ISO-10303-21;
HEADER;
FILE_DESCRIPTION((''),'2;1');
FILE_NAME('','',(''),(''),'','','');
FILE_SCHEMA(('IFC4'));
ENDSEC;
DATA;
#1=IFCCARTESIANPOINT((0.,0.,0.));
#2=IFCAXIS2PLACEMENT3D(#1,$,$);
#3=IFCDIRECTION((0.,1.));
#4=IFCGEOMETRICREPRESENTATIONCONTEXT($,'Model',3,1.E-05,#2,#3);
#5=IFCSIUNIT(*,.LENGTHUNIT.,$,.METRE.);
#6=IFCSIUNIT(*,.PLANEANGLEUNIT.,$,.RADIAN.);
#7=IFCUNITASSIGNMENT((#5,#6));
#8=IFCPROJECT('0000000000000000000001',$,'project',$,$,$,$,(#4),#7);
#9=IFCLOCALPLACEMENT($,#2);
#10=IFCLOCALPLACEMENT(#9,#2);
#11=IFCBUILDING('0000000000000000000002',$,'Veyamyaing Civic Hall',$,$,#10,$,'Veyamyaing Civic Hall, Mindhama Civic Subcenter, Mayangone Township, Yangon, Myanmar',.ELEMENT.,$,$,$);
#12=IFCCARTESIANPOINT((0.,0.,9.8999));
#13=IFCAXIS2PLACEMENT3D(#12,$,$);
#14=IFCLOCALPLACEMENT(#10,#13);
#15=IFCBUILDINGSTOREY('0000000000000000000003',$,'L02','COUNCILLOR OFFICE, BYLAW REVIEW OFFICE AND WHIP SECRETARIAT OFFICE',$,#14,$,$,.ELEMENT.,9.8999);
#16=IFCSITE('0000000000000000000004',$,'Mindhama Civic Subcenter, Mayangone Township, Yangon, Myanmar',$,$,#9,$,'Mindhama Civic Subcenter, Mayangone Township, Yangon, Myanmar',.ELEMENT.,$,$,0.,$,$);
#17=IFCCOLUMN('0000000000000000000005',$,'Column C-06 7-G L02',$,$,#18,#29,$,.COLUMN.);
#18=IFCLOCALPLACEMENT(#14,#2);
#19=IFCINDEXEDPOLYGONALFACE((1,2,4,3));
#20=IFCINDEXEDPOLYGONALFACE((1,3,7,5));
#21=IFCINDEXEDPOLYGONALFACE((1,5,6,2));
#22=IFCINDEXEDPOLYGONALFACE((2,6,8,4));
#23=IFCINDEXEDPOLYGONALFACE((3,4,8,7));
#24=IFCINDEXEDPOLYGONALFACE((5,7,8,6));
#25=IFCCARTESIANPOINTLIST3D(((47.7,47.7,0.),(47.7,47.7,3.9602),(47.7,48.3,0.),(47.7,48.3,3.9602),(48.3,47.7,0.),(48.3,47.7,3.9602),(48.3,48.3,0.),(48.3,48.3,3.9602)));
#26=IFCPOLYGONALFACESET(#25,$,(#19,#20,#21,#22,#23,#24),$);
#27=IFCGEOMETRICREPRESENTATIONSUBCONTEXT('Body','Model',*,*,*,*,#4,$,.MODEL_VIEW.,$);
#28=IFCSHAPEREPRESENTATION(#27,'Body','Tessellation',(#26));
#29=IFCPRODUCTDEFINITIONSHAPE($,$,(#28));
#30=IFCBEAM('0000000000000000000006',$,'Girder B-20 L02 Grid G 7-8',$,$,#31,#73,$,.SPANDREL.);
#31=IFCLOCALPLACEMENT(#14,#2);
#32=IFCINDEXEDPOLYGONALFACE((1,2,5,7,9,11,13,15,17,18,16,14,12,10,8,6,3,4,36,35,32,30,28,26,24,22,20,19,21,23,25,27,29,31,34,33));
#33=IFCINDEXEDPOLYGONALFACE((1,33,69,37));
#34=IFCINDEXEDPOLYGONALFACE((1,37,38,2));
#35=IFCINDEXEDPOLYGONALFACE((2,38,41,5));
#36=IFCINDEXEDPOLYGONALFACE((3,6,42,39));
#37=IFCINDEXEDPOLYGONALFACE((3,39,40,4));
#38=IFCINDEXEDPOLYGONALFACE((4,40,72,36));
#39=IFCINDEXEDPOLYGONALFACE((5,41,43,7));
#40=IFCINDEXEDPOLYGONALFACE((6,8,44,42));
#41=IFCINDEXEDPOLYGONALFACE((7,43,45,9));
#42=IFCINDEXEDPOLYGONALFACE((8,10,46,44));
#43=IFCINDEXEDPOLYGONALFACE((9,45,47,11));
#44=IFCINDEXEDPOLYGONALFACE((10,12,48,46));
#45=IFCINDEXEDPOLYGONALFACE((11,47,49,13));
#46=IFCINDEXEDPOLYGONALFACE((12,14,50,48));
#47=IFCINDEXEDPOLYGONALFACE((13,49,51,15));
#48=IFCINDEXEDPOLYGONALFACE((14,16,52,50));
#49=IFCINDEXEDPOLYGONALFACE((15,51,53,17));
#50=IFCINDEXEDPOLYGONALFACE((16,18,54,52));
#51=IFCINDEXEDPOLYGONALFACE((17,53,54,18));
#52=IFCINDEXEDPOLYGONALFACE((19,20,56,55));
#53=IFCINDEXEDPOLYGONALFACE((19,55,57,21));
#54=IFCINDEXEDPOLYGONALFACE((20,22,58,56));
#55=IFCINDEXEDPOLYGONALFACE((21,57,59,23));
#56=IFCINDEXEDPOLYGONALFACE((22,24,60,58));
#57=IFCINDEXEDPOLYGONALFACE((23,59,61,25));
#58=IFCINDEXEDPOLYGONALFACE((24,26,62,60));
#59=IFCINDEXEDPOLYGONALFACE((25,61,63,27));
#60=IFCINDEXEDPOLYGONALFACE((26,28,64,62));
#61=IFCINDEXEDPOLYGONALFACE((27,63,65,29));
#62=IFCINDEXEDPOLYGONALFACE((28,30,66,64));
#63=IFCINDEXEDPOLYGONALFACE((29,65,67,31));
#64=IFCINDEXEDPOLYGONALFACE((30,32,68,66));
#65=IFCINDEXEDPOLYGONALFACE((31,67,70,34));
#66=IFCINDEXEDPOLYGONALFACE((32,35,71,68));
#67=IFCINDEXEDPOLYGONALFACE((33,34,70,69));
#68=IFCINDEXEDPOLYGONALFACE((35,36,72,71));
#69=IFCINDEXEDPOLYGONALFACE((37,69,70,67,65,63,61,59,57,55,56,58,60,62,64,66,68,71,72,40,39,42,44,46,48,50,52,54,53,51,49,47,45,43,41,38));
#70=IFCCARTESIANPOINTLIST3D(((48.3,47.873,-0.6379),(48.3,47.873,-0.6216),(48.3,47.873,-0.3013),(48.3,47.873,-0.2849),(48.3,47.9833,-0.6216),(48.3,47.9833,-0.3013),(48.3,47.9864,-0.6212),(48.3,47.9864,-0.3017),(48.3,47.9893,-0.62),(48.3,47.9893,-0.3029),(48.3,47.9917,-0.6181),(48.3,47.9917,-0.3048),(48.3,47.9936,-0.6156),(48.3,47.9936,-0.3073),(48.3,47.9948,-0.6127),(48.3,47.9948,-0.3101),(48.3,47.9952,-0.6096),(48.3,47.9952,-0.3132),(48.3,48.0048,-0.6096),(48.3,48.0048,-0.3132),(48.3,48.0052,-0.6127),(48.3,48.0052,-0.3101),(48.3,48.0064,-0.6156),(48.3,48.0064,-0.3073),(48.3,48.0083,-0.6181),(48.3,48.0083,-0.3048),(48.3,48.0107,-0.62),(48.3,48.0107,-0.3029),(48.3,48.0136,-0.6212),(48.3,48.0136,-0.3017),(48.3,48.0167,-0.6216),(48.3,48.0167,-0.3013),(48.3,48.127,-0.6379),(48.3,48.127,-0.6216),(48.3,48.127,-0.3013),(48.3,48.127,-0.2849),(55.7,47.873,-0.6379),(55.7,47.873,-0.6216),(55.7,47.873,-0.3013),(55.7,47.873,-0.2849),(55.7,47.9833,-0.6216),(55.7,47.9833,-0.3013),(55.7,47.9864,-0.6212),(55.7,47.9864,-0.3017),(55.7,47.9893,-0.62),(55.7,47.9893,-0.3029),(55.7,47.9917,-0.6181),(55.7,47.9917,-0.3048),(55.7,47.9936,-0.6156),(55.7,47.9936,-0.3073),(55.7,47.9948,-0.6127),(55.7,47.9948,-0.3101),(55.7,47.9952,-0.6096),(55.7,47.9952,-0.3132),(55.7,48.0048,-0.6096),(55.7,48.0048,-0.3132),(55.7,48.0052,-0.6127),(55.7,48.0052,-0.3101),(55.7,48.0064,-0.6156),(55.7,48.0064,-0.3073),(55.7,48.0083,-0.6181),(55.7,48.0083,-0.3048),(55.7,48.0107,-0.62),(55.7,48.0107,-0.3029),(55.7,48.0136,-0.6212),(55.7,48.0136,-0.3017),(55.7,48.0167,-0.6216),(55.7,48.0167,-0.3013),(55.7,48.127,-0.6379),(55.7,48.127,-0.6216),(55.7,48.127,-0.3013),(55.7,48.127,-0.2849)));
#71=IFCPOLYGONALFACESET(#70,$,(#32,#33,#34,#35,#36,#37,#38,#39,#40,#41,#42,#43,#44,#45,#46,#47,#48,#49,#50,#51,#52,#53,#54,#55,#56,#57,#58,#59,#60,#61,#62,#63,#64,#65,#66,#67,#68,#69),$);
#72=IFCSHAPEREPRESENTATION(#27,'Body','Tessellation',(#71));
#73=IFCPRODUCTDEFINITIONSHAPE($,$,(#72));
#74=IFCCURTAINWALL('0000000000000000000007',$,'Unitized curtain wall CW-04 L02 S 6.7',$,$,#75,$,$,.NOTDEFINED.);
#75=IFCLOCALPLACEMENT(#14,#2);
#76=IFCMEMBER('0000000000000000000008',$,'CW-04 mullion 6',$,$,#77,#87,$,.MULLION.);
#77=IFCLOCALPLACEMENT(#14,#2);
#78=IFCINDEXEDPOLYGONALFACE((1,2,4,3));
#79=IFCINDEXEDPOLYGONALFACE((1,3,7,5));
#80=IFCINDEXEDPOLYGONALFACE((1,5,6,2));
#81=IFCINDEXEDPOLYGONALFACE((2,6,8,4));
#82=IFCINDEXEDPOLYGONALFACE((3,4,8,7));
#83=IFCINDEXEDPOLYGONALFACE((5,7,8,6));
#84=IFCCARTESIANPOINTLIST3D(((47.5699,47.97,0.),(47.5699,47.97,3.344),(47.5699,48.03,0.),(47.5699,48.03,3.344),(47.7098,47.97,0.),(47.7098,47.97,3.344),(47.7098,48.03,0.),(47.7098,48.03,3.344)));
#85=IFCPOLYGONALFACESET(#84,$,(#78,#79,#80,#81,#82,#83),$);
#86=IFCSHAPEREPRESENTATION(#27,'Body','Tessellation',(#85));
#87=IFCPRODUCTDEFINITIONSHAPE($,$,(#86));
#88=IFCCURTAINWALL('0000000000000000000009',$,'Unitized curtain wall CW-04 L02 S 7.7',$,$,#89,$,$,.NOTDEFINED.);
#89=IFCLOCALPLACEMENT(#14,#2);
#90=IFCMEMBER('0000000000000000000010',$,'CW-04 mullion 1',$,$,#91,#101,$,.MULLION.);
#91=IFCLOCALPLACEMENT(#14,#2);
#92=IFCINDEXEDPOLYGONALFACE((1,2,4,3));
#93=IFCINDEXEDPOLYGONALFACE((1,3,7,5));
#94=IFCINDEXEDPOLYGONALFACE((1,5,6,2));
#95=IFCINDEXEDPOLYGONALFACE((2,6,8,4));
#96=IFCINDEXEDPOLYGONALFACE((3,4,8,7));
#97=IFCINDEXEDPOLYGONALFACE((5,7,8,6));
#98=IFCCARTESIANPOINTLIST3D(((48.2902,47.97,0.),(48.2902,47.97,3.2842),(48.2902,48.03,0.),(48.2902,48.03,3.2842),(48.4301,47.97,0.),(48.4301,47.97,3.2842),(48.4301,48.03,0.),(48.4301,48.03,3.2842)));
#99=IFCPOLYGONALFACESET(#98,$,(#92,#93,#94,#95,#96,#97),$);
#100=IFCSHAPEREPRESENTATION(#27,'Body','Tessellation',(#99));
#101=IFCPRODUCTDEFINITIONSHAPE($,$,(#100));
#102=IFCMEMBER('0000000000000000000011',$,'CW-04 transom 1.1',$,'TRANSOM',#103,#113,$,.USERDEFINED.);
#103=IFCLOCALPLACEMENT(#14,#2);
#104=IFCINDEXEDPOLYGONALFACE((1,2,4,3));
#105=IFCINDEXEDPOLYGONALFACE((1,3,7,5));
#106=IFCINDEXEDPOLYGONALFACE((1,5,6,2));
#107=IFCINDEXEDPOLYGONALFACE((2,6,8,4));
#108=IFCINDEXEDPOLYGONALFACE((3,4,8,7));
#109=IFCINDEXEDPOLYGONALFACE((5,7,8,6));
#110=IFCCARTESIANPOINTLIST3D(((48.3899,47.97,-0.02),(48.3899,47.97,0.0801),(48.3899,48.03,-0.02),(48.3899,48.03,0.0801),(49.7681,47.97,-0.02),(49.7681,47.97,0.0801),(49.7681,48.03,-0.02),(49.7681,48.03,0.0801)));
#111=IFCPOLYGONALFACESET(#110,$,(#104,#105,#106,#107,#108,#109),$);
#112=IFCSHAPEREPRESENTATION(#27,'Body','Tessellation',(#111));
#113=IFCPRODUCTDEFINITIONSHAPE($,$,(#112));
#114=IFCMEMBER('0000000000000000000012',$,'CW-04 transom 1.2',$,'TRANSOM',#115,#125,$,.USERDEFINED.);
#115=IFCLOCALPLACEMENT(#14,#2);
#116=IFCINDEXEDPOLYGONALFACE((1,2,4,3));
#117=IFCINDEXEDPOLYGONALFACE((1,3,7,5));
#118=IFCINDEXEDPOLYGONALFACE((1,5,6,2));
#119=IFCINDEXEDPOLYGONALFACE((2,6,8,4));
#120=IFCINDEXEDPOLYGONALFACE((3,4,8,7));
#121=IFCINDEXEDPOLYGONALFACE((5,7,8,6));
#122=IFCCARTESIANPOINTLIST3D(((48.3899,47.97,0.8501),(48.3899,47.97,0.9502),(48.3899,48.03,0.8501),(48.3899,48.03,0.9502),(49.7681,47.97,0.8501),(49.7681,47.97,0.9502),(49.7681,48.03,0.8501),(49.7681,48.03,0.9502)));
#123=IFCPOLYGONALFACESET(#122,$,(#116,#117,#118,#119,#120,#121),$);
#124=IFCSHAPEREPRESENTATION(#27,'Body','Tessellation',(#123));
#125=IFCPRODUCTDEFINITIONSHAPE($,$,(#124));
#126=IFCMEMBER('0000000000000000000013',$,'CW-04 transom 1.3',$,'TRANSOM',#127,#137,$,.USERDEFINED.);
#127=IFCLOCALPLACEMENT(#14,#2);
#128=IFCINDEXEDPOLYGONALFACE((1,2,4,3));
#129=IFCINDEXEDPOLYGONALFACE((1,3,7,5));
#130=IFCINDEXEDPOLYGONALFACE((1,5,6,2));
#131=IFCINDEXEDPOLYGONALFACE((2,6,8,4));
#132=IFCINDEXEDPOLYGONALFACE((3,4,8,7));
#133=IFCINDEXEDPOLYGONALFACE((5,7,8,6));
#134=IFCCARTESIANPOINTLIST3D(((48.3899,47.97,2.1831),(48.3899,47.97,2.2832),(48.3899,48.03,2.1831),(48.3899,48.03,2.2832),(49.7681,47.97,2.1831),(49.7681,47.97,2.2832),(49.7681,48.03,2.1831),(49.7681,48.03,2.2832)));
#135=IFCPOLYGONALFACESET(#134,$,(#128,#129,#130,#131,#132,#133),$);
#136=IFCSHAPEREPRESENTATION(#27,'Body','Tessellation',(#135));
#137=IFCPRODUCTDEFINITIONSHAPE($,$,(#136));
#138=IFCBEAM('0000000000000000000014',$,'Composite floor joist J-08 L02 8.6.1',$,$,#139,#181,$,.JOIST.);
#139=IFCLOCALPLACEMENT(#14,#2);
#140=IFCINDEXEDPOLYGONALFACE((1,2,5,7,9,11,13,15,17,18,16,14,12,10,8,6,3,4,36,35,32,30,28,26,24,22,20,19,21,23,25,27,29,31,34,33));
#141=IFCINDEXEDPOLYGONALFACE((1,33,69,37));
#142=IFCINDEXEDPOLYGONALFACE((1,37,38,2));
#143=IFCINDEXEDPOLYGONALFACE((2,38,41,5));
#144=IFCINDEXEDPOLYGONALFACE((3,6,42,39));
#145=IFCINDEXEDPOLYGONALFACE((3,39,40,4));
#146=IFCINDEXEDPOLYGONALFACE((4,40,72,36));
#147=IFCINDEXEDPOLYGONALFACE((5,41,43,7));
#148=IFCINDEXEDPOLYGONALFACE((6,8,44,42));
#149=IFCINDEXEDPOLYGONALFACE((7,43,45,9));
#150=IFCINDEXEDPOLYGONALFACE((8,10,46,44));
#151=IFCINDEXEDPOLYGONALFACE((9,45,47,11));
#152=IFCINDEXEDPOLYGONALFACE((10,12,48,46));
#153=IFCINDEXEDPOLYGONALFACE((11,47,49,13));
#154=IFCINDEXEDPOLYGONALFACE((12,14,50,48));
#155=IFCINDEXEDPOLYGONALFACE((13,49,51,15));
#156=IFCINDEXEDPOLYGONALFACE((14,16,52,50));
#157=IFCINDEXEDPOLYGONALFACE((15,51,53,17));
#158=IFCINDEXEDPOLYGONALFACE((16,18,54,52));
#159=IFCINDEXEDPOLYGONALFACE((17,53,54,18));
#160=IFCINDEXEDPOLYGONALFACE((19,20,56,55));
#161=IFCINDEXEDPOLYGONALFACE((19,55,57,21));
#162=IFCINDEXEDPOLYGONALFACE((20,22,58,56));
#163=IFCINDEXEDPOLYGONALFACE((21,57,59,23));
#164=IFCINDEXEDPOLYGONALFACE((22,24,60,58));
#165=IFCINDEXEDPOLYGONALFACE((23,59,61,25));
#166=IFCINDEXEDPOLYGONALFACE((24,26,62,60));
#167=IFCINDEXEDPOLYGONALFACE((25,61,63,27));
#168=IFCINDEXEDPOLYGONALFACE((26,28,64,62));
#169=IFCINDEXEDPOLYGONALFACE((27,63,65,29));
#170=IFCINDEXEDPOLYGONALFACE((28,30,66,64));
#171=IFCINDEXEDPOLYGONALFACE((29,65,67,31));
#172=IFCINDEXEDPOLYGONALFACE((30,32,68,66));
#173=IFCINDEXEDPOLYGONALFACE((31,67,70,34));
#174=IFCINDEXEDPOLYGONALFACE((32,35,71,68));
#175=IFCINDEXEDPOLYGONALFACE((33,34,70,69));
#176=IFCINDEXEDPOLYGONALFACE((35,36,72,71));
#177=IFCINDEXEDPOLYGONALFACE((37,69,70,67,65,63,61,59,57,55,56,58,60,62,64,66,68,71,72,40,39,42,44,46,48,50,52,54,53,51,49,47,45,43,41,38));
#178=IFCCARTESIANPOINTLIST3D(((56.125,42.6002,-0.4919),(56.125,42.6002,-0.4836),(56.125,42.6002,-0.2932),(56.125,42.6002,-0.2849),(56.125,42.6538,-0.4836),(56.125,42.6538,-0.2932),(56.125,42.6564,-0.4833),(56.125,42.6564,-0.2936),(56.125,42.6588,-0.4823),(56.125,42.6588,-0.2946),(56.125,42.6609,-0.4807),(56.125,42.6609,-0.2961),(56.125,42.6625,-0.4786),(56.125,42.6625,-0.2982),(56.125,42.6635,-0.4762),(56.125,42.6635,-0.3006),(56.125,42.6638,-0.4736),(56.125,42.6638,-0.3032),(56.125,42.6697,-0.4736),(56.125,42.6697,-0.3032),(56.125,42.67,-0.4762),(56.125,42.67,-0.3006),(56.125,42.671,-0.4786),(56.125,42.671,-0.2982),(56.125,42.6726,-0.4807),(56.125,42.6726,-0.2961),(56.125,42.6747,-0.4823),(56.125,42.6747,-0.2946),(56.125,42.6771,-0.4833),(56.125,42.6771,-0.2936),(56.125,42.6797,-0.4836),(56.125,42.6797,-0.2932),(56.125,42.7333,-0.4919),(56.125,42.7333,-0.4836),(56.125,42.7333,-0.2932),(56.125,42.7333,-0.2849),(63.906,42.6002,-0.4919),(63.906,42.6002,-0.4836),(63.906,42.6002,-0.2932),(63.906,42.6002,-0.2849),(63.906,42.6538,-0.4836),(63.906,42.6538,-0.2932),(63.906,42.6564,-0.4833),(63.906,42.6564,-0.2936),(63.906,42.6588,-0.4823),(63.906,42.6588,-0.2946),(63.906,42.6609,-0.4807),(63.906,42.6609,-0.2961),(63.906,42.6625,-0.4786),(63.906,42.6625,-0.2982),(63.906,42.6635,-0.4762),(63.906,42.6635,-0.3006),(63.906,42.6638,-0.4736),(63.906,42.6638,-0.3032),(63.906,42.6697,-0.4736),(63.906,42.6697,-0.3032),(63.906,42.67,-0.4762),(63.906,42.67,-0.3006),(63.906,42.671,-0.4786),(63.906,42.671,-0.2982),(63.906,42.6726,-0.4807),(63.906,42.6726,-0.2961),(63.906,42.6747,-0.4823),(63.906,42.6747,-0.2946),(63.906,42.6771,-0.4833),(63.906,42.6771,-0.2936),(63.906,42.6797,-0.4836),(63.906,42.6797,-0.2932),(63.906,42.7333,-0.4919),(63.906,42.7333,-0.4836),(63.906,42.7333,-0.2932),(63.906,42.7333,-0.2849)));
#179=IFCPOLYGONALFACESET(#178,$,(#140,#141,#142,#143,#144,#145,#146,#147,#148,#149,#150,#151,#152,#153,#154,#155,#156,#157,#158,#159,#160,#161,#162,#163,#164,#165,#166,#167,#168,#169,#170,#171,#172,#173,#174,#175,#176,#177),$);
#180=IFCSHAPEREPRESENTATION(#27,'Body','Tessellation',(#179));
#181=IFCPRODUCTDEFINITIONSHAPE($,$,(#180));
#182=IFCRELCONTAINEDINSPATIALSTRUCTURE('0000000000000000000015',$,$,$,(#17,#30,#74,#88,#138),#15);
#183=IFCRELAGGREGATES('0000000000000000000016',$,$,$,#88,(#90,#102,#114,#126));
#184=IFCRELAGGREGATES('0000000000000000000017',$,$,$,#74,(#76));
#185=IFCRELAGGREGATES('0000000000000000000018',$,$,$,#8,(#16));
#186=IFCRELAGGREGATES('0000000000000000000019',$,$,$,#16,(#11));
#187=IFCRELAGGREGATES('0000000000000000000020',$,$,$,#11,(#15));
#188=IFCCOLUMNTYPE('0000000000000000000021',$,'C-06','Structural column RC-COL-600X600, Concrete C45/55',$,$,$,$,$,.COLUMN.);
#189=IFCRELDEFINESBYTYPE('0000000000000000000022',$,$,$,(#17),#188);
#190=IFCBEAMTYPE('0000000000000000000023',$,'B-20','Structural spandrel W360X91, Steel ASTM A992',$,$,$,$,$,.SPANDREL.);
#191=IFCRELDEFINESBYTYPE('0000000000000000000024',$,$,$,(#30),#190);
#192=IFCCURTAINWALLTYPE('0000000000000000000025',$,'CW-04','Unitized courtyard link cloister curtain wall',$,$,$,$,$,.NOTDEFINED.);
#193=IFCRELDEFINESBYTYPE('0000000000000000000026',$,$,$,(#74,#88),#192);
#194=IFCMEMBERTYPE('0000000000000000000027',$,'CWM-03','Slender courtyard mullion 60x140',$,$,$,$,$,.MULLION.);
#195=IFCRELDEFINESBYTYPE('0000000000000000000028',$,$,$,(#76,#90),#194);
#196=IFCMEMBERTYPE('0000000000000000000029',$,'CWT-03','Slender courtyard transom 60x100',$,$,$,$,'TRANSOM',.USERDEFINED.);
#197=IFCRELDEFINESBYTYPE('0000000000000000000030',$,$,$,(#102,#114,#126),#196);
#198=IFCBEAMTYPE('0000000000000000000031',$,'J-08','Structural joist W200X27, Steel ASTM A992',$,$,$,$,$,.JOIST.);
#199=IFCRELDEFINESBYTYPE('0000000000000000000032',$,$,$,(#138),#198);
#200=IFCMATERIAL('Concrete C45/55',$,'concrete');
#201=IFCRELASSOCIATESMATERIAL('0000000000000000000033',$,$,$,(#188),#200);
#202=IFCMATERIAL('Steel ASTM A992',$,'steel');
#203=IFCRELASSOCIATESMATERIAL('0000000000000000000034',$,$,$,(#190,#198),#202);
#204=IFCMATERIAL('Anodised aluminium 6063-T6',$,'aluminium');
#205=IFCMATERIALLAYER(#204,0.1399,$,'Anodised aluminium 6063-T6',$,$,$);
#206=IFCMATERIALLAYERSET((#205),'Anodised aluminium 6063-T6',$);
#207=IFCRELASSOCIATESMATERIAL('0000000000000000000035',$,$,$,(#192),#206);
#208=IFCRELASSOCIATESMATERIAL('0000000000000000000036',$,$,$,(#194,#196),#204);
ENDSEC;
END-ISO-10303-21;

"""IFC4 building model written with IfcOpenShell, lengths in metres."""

from ifc_helpers import new_model, si_unit, direction, frame, origin, origin_2d, place, context, subcontext, project, spatial, rectangle, i_section, extrude, material, layer, layer_set, material_profile, profile_set, type_object, element, aggregate, save


model = new_model("IFC4")

# Units and contexts
model_context = context("Model", 3, precision=1e-05, world=origin(), true_north=direction((0.0, 1.0)))
body_context = subcontext(model_context, "Body", "Model", "MODEL_VIEW")
ifc_project = project(units=[si_unit("LENGTHUNIT", "METRE"), si_unit("PLANEANGLEUNIT", "RADIAN")], contexts=[model_context])

# Site, building, storey
site_placement = place(None, origin())
site = spatial("IfcSite", under=ifc_project, at=site_placement, Name="Mindhama Civic Subcenter, Mayangone Township, Yangon, Myanmar", LongName="Mindhama Civic Subcenter, Mayangone Township, Yangon, Myanmar", CompositionType="ELEMENT", RefElevation=0.0)
building_placement = place(site_placement, origin())
building = spatial("IfcBuilding", under=site, at=building_placement, Name="Veyamyaing Civic Hall", LongName="Veyamyaing Civic Hall, Mindhama Civic Subcenter, Mayangone Township, Yangon, Myanmar", CompositionType="ELEMENT")
storey_placement = place(building_placement, frame((0.0, 0.0, 9.8999)))
storey = spatial("IfcBuildingStorey", under=building, at=storey_placement, Name="L02", Description="COUNCILLOR OFFICE, BYLAW REVIEW OFFICE AND WHIP SECRETARIAT OFFICE", CompositionType="ELEMENT", Elevation=9.8999)

# Column
ifc_material_1 = material(Name="Concrete C45/55", Category="concrete")
ifc_material_profile_1 = material_profile(ifc_material_1, rectangle(XDim=0.6001, YDim=0.6001, at=origin_2d()), Name="RC-COL-600X600")
ifc_profile_set_1 = profile_set([ifc_material_profile_1], Name="Concrete C45/55")
column_type = type_object("IfcColumnType", Name="C-06", Description="Structural column RC-COL-600X600, Concrete C45/55", PredefinedType="COLUMN", material=ifc_profile_set_1)
column_placement = place(storey_placement, frame((48.0, 48.0, 0.0), z_axis=(0.0, 0.0, 1.0), x_axis=(1.0, 0.0, 0.0)))
element("IfcColumn", 1, at=column_placement, inside=storey, type_object=column_type, Name="Column C-06 7-G L02", PredefinedType="COLUMN", context=body_context, shape_type="SweptSolid", body=[
    extrude(rectangle(XDim=0.6001, YDim=0.6001, at=origin_2d()), origin(), (0.0, 0.0, 1.0), 3.9602),
])

# Beam
ifc_material_2 = material(Name="Steel ASTM A992", Category="steel")
ifc_material_profile_2 = material_profile(ifc_material_2, i_section(OverallWidth=0.2539, OverallDepth=0.353, WebThickness=0.0095, FlangeThickness=0.0164, FilletRadius=0.012, at=origin_2d()), Name="W360X91")
ifc_profile_set_2 = profile_set([ifc_material_profile_2], Name="Steel ASTM A992")
beam_type_1 = type_object("IfcBeamType", Name="B-20", Description="Structural spandrel W360X91, Steel ASTM A992", PredefinedType="SPANDREL", material=ifc_profile_set_2)
beam_placement = place(storey_placement, frame((48.3, 48.0, -0.4614), z_axis=(1.0, 0.0, 0.0), x_axis=(0.0, 1.0, 0.0)))
element("IfcBeam", 2, at=beam_placement, inside=storey, type_object=beam_type_1, Name="Girder B-20 L02 Grid G 7-8", PredefinedType="SPANDREL", context=body_context, shape_type="SweptSolid", body=[
    extrude(i_section(OverallWidth=0.2539, OverallDepth=0.353, WebThickness=0.0095, FlangeThickness=0.0164, FilletRadius=0.012, at=origin_2d()), origin(), (0.0, 0.0, 1.0), 7.3999),
])

# Curtain wall, member
ifc_material_3 = material(Name="Anodised aluminium 6063-T6", Category="aluminium")
ifc_layer_1 = layer(ifc_material_3, 0.1399, Name="Anodised aluminium 6063-T6")
ifc_layer_set_1 = layer_set([ifc_layer_1], Name="Anodised aluminium 6063-T6")
curtain_wall_type = type_object("IfcCurtainWallType", Name="CW-04", Description="Unitized courtyard link cloister curtain wall", PredefinedType="NOTDEFINED", material=ifc_layer_set_1)
curtain_wall_1_placement = place(storey_placement, origin())
curtain_wall_1 = element("IfcCurtainWall", 3, at=curtain_wall_1_placement, inside=storey, type_object=curtain_wall_type, Name="Unitized curtain wall CW-04 L02 S 6.7", PredefinedType="NOTDEFINED")
ifc_material_profile_3 = material_profile(ifc_material_3, rectangle(XDim=0.0601, YDim=0.1399, at=origin_2d()), Name="ALU-MUL-60X140")
ifc_profile_set_3 = profile_set([ifc_material_profile_3], Name="Anodised aluminium 6063-T6")
member_type_1 = type_object("IfcMemberType", Name="CWM-03", Description="Slender courtyard mullion 60x140", PredefinedType="MULLION", material=ifc_profile_set_3)
member_1_placement = place(storey_placement, frame((47.6399, 48.0, 0.0), z_axis=(0.0, 0.0, 1.0), x_axis=(0.0, 1.0, 0.0)))
member_1 = element("IfcMember", 4, at=member_1_placement, type_object=member_type_1, Name="CW-04 mullion 6", PredefinedType="MULLION", context=body_context, shape_type="SweptSolid", body=[
    extrude(rectangle(XDim=0.0601, YDim=0.1399, at=origin_2d()), origin(), (0.0, 0.0, 1.0), 3.344),
])

# Curtain wall, members
curtain_wall_2_placement = place(storey_placement, origin())
curtain_wall_2 = element("IfcCurtainWall", 5, at=curtain_wall_2_placement, inside=storey, type_object=curtain_wall_type, Name="Unitized curtain wall CW-04 L02 S 7.7", PredefinedType="NOTDEFINED")
member_2_placement = place(storey_placement, frame((48.3601, 48.0, 0.0), z_axis=(0.0, 0.0, 1.0), x_axis=(0.0, 1.0, 0.0)))
member_2 = element("IfcMember", 6, at=member_2_placement, type_object=member_type_1, Name="CW-04 mullion 1", PredefinedType="MULLION", context=body_context, shape_type="SweptSolid", body=[
    extrude(rectangle(XDim=0.0601, YDim=0.1399, at=origin_2d()), origin(), (0.0, 0.0, 1.0), 3.2842),
])
ifc_material_profile_4 = material_profile(ifc_material_3, rectangle(XDim=0.0601, YDim=0.1001, at=origin_2d()), Name="ALU-TRN-60X100")
ifc_profile_set_4 = profile_set([ifc_material_profile_4], Name="Anodised aluminium 6063-T6")
member_type_2 = type_object("IfcMemberType", Name="CWT-03", Description="Slender courtyard transom 60x100", ElementType="TRANSOM", PredefinedType="USERDEFINED", material=ifc_profile_set_4)
member_3_placement = place(storey_placement, frame((48.3899, 48.0, 0.03), z_axis=(1.0, 0.0, 0.0), x_axis=(0.0, 1.0, 0.0)))
member_3 = element("IfcMember", 7, at=member_3_placement, type_object=member_type_2, Name="CW-04 transom 1.1", ObjectType="TRANSOM", PredefinedType="USERDEFINED", context=body_context, shape_type="SweptSolid", body=[
    extrude(rectangle(XDim=0.0601, YDim=0.1001, at=origin_2d()), origin(), (0.0, 0.0, 1.0), 1.3782),
])
member_4_placement = place(storey_placement, frame((48.3899, 48.0, 0.9001), z_axis=(1.0, 0.0, 0.0), x_axis=(0.0, 1.0, 0.0)))
member_4 = element("IfcMember", 8, at=member_4_placement, type_object=member_type_2, Name="CW-04 transom 1.2", ObjectType="TRANSOM", PredefinedType="USERDEFINED", context=body_context, shape_type="SweptSolid", body=[
    extrude(rectangle(XDim=0.0601, YDim=0.1001, at=origin_2d()), origin(), (0.0, 0.0, 1.0), 1.3782),
])
member_5_placement = place(storey_placement, frame((48.3899, 48.0, 2.2332), z_axis=(1.0, 0.0, 0.0), x_axis=(0.0, 1.0, 0.0)))
member_5 = element("IfcMember", 9, at=member_5_placement, type_object=member_type_2, Name="CW-04 transom 1.3", ObjectType="TRANSOM", PredefinedType="USERDEFINED", context=body_context, shape_type="SweptSolid", body=[
    extrude(rectangle(XDim=0.0601, YDim=0.1001, at=origin_2d()), origin(), (0.0, 0.0, 1.0), 1.3782),
])
aggregate(curtain_wall_2, [member_2, member_3, member_4, member_5])

# Beam
ifc_material_profile_5 = material_profile(ifc_material_2, i_section(OverallWidth=0.1331, OverallDepth=0.207, WebThickness=0.0059, FlangeThickness=0.0083, FilletRadius=0.01, at=origin_2d()), Name="W200X27")
ifc_profile_set_5 = profile_set([ifc_material_profile_5], Name="Steel ASTM A992")
beam_type_2 = type_object("IfcBeamType", Name="J-08", Description="Structural joist W200X27, Steel ASTM A992", PredefinedType="JOIST", material=ifc_profile_set_5)
for number, where, z_axis, x_axis, name in (
    (10, (56.125, 42.6667, -0.3884), (1.0, 0.0, 0.0), (0.0, 1.0, 0.0), "Composite floor joist J-08 L02 8.6.1"),
):
    element("IfcBeam", number, at=place(storey_placement, frame(where, z_axis=z_axis, x_axis=x_axis)), inside=storey, type_object=beam_type_2, Name=name, PredefinedType="JOIST", context=body_context, shape_type="SweptSolid", body=[
        extrude(i_section(OverallWidth=0.1331, OverallDepth=0.207, WebThickness=0.0059, FlangeThickness=0.0083, FilletRadius=0.01, at=origin_2d()), origin(), (0.0, 0.0, 1.0), 7.781),
    ])

aggregate(curtain_wall_1, [member_1])

save(model, "model.ifc")
